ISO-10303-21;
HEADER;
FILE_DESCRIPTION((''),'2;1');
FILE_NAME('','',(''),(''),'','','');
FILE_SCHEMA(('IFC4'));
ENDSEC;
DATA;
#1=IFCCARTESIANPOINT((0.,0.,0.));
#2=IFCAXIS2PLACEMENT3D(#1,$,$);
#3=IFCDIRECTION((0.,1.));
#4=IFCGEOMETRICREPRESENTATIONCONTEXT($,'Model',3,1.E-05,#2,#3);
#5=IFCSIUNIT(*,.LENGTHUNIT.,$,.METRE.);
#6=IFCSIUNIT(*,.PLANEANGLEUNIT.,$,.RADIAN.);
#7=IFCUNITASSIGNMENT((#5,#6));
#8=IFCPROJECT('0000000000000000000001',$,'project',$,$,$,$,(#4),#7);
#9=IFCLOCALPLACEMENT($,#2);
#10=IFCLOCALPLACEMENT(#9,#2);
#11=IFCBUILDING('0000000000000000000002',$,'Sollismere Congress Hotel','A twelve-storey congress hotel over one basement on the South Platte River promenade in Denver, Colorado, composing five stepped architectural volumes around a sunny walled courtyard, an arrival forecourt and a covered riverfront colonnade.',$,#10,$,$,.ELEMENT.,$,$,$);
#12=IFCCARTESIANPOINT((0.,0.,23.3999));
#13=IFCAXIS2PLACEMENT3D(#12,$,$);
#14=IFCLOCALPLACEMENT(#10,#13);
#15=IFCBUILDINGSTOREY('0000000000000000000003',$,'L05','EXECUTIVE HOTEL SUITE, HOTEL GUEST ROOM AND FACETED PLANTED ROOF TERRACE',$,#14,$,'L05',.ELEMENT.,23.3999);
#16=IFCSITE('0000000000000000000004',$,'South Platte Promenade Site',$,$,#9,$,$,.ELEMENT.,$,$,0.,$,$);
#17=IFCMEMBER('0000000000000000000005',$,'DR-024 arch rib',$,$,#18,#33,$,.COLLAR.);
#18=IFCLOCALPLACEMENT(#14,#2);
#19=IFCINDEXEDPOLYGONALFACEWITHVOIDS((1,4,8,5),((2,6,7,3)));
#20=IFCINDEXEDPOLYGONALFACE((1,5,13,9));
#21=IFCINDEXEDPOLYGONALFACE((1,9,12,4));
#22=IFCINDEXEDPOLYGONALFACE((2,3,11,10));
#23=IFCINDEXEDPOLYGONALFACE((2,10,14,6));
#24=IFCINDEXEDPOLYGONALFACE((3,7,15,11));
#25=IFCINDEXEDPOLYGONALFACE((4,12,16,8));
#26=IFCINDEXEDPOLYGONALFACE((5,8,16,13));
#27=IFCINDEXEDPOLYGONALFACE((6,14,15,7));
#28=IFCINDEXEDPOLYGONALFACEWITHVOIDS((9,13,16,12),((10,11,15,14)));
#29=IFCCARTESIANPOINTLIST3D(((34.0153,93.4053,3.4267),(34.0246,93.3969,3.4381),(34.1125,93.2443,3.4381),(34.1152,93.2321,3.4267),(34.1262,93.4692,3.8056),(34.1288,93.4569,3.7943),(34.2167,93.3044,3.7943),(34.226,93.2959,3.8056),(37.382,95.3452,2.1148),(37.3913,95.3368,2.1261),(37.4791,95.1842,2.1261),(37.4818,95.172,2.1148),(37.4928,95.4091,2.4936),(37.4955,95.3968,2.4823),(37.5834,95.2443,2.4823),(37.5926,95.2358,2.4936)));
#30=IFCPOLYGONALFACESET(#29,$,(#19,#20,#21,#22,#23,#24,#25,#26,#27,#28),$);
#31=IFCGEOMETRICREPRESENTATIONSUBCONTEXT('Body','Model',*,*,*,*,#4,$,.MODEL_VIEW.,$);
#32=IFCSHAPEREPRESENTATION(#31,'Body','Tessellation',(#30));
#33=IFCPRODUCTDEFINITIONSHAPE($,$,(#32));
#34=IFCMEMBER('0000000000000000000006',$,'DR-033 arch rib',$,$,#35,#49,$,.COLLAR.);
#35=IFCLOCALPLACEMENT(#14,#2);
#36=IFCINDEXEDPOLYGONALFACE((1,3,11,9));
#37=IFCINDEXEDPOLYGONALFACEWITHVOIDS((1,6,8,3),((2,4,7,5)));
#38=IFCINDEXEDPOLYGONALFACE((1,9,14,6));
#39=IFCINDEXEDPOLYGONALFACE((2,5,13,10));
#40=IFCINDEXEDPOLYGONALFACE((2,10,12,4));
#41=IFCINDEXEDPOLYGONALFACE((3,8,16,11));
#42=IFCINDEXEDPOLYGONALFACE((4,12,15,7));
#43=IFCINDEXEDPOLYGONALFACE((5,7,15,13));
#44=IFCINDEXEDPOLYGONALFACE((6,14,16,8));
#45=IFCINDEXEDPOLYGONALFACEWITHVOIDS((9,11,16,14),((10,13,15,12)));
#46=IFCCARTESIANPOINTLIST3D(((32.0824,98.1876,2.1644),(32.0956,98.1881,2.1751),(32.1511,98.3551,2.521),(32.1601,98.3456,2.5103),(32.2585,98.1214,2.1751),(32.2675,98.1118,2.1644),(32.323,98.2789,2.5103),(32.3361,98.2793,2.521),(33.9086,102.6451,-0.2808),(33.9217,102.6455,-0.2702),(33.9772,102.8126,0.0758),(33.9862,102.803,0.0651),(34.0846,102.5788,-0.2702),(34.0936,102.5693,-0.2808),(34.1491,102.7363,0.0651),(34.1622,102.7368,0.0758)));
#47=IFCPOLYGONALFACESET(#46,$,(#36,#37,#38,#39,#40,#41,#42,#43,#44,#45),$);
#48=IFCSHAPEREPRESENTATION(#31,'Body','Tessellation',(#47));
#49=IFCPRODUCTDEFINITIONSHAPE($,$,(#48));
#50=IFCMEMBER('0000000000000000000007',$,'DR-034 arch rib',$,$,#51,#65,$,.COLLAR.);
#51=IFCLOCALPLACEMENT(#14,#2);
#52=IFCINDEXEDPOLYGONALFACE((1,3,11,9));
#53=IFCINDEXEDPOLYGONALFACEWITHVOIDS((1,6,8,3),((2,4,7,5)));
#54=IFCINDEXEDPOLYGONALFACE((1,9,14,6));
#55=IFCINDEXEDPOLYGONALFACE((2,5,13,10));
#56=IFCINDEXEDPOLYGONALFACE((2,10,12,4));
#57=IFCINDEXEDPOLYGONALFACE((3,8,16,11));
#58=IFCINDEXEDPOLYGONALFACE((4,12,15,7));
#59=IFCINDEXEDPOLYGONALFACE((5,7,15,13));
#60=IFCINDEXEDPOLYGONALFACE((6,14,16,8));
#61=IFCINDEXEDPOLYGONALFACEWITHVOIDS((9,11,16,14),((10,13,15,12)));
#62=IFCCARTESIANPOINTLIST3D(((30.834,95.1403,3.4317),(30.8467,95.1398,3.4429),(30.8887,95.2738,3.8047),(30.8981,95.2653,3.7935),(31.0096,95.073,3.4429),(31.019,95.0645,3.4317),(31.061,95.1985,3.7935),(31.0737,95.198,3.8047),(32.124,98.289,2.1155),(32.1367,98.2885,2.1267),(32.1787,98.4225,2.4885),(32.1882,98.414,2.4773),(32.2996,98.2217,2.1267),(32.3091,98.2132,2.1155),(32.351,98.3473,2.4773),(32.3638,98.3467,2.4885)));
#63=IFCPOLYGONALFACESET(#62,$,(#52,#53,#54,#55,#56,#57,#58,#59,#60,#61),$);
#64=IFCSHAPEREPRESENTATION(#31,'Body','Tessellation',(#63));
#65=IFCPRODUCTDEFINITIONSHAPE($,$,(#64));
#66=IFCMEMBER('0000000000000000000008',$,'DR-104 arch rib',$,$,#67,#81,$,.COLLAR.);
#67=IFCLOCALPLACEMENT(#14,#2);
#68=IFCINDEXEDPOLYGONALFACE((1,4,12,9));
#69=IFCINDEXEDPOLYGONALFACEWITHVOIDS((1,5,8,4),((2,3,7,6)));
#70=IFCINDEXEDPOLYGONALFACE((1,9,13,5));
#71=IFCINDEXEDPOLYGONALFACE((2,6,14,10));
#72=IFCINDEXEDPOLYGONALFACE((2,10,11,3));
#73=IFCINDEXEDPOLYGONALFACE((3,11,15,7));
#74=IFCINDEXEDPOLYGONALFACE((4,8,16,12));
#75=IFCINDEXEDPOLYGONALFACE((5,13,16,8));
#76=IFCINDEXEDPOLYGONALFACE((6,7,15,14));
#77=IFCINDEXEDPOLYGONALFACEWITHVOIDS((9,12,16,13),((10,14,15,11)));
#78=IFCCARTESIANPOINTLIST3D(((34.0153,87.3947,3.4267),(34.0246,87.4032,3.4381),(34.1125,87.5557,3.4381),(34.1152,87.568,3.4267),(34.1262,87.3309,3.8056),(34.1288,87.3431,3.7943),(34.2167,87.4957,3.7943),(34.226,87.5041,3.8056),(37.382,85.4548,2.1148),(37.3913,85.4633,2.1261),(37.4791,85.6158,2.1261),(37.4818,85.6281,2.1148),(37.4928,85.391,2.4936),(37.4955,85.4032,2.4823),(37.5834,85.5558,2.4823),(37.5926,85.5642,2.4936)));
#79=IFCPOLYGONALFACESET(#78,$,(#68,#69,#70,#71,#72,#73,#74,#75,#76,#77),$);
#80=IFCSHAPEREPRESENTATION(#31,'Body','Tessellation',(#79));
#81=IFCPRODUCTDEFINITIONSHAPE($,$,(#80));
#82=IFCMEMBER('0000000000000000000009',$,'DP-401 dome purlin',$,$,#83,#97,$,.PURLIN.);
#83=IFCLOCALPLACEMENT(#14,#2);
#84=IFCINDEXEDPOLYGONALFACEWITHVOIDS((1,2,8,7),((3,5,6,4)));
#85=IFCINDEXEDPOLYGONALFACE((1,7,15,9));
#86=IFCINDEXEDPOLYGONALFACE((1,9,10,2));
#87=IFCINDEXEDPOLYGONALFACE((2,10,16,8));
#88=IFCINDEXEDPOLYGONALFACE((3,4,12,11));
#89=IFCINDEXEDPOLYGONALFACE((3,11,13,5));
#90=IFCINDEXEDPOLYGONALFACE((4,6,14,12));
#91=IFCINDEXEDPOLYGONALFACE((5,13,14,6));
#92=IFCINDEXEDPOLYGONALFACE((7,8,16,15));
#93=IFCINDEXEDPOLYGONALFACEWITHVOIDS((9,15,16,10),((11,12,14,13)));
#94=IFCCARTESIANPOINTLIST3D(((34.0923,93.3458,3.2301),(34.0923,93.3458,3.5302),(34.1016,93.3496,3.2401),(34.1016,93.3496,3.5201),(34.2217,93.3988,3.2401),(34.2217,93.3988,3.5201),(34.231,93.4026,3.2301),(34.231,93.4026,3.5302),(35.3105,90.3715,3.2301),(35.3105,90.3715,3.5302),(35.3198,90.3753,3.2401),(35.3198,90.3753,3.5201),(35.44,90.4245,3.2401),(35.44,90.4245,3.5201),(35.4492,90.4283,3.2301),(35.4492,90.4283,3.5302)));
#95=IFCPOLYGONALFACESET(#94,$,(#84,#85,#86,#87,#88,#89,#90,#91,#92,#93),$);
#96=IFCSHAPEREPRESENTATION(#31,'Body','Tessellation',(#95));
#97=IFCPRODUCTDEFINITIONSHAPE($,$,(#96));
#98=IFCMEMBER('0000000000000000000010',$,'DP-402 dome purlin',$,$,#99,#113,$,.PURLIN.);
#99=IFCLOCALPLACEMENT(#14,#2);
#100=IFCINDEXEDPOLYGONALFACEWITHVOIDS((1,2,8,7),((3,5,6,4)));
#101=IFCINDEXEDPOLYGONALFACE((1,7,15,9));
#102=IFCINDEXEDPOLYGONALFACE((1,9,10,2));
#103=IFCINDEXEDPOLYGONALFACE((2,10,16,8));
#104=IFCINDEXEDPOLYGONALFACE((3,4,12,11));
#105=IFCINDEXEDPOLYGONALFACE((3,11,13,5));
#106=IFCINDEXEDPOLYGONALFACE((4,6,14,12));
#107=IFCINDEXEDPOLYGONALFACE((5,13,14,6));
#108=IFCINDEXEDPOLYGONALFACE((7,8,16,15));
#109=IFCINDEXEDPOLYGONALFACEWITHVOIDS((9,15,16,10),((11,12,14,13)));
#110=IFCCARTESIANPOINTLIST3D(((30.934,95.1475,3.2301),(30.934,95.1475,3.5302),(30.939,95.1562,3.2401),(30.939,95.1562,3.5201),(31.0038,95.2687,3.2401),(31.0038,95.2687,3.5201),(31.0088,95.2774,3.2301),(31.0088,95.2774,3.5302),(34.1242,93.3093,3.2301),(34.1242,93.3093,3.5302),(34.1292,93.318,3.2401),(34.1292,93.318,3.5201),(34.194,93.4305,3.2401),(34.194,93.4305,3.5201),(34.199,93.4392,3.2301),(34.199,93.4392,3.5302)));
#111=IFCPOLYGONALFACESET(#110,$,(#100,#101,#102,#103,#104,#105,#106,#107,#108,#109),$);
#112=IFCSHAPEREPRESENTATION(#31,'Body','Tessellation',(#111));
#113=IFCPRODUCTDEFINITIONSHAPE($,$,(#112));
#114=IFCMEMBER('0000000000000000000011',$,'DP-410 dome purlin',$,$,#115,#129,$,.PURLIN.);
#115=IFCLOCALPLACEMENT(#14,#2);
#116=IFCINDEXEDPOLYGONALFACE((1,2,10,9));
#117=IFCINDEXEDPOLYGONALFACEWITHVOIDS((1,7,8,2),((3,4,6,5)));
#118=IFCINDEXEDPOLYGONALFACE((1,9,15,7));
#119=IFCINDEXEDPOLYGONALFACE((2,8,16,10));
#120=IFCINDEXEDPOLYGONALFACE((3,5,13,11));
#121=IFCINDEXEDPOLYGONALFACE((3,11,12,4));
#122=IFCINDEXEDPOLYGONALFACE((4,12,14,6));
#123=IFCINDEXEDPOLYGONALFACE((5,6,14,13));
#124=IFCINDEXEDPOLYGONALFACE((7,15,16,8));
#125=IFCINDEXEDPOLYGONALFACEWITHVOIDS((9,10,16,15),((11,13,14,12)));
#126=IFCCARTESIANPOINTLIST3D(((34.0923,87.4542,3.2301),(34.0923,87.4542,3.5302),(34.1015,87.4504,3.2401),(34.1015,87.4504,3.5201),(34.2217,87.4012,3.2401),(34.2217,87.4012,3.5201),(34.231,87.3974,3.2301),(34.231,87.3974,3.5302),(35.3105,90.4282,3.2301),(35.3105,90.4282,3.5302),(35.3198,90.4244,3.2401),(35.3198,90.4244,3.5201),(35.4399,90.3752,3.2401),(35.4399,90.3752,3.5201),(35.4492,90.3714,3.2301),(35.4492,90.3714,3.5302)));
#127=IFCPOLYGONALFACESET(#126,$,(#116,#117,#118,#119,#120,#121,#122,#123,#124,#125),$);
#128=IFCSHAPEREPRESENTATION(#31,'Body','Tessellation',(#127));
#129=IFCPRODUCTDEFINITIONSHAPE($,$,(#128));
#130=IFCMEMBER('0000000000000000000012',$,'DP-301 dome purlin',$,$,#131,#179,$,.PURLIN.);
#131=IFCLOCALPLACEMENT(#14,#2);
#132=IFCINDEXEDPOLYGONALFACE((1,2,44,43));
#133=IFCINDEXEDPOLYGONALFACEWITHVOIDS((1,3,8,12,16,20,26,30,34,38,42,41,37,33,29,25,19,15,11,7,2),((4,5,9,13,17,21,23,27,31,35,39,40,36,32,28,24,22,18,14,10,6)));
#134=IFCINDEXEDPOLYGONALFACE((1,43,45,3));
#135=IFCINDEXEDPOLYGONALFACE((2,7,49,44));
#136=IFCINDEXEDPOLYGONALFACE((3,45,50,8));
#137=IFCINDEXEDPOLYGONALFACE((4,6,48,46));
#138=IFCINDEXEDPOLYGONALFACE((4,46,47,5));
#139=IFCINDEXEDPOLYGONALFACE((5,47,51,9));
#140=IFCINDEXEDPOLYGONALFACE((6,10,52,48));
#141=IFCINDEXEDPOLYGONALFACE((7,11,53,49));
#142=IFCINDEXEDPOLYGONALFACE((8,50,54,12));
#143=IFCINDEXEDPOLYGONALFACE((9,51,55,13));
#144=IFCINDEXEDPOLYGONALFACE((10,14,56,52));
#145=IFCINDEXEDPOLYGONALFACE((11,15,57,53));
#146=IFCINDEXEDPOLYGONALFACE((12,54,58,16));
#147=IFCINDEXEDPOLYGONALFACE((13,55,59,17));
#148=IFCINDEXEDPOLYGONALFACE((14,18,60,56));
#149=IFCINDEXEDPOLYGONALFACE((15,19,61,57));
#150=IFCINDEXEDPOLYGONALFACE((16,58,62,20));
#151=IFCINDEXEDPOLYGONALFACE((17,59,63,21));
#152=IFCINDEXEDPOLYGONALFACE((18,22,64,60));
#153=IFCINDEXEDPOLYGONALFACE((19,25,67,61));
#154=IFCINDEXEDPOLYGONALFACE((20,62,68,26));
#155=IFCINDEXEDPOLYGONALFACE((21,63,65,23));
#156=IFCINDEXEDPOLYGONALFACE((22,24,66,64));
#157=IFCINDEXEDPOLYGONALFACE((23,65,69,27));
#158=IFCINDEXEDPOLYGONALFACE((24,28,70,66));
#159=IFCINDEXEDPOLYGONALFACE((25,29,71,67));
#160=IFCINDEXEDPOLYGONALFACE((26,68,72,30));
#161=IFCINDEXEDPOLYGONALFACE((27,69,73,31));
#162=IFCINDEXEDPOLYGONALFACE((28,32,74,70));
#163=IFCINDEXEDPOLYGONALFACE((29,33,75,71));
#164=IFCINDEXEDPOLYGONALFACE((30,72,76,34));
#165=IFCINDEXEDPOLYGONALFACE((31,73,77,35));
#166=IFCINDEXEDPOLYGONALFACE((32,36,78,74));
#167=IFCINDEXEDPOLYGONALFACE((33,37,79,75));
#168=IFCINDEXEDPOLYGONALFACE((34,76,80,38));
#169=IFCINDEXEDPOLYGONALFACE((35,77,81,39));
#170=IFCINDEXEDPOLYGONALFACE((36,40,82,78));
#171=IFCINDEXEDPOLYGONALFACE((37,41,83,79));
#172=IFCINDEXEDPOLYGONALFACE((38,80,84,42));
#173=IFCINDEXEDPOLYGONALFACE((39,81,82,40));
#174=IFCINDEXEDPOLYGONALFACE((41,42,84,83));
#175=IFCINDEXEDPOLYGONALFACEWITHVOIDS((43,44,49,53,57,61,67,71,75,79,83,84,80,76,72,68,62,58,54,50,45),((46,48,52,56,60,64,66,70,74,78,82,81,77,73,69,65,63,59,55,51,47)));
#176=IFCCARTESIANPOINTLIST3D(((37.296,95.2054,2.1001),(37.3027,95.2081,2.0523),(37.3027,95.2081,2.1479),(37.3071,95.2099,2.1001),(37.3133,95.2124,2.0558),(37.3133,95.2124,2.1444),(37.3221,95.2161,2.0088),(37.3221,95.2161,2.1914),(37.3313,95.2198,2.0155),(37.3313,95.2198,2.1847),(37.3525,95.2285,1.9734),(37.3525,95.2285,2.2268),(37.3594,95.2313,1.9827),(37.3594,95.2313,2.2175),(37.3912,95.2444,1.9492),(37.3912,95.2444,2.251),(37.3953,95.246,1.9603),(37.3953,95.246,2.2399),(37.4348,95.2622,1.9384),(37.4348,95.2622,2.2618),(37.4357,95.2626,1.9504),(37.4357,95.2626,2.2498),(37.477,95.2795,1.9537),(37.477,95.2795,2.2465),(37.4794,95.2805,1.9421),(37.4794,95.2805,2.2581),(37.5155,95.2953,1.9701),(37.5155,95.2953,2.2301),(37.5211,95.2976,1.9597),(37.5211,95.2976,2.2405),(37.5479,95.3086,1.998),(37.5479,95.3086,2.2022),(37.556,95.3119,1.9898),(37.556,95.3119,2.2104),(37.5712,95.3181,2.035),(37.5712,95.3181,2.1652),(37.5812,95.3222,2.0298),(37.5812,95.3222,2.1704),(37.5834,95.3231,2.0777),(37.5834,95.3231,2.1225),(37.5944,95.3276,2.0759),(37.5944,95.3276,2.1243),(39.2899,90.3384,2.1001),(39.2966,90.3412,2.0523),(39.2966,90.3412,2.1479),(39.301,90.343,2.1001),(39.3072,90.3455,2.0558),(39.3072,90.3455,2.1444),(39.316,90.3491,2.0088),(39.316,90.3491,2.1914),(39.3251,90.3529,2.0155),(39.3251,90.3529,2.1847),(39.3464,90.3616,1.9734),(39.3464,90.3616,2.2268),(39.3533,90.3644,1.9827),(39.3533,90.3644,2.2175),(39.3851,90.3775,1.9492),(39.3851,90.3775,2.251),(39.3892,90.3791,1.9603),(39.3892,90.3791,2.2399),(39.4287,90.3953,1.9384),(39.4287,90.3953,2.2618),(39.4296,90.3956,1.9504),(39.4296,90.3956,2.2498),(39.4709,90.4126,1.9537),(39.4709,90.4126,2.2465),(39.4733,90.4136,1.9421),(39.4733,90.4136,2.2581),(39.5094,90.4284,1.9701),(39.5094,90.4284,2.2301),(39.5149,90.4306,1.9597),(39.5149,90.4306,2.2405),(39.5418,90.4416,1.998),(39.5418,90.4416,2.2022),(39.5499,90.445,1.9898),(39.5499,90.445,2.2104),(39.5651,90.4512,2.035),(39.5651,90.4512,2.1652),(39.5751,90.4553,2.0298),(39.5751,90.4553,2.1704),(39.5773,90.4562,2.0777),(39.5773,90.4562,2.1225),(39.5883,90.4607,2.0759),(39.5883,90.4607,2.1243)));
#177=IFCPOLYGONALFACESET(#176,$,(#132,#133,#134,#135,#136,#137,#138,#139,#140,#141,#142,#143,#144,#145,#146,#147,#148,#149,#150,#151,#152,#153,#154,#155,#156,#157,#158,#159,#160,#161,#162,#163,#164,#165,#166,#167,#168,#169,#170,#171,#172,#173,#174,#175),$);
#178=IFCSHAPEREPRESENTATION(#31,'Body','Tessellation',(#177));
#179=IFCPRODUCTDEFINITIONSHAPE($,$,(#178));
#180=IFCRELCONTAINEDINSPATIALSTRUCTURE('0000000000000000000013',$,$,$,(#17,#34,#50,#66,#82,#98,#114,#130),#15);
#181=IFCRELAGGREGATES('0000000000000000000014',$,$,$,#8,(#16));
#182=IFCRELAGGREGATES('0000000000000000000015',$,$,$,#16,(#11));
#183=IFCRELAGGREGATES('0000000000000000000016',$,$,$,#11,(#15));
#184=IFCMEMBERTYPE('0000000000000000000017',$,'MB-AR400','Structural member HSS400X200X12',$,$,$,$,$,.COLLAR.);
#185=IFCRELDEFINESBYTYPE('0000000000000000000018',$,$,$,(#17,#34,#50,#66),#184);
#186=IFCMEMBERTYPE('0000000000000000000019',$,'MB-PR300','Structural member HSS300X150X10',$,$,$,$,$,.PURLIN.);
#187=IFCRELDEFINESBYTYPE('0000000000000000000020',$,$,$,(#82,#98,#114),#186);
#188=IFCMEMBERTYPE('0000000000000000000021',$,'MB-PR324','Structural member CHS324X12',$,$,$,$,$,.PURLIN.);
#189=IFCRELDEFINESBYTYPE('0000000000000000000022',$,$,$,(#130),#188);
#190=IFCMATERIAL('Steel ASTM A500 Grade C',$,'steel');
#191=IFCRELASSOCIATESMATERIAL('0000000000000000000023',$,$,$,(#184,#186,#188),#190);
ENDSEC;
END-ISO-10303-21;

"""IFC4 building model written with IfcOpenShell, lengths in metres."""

from ifc_helpers import new_model, si_unit, direction, frame, origin, origin_2d, place, context, subcontext, project, spatial, hollow_rectangle, hollow_circle, extrude, material, material_profile, profile_set, type_object, element, save


model = new_model("IFC4")

# Units and contexts
model_context = context("Model", 3, precision=1e-05, world=origin(), true_north=direction((0.0, 1.0)))
body_context = subcontext(model_context, "Body", "Model", "MODEL_VIEW")
ifc_project = project(units=[si_unit("LENGTHUNIT", "METRE"), si_unit("PLANEANGLEUNIT", "RADIAN")], contexts=[model_context])

# Site, building, storey
site_placement = place(None, origin())
site = spatial("IfcSite", under=ifc_project, at=site_placement, Name="South Platte Promenade Site", CompositionType="ELEMENT", RefElevation=0.0)
building_placement = place(site_placement, origin())
building = spatial("IfcBuilding", under=site, at=building_placement, Name="Sollismere Congress Hotel", Description="A twelve-storey congress hotel over one basement on the South Platte River promenade in Denver, Colorado, composing five stepped architectural volumes around a sunny walled courtyard, an arrival forecourt and a covered riverfront colonnade.", CompositionType="ELEMENT")
storey_placement = place(building_placement, frame((0.0, 0.0, 23.3999)))
storey = spatial("IfcBuildingStorey", under=building, at=storey_placement, Name="L05", Description="EXECUTIVE HOTEL SUITE, HOTEL GUEST ROOM AND FACETED PLANTED ROOF TERRACE", LongName="L05", CompositionType="ELEMENT", Elevation=23.3999)

# Members
ifc_material_1 = material(Name="Steel ASTM A500 Grade C", Category="steel")
ifc_material_profile_1 = material_profile(ifc_material_1, hollow_rectangle(XDim=0.2, YDim=0.3999, WallThickness=0.012, at=origin_2d()), Name="HSS400X200X12")
ifc_profile_set_1 = profile_set([ifc_material_profile_1], Name="Steel ASTM A500 Grade C")
member_type_1 = type_object("IfcMemberType", Name="MB-AR400", Description="Structural member HSS400X200X12", PredefinedType="COLLAR", material=ifc_profile_set_1)
member_1_placement = place(storey_placement, frame((37.4873, 95.2905, 2.3042), z_axis=(-0.820916, -0.473024, 0.319913), x_axis=(0.499262, -0.866451, 0.0)))
element("IfcMember", 1, at=member_1_placement, inside=storey, type_object=member_type_1, Name="DR-024 arch rib", PredefinedType="COLLAR", context=body_context, shape_type="SweptSolid", body=[
    extrude(hollow_rectangle(XDim=0.2, YDim=0.3999, WallThickness=0.012, at=origin_2d()), origin(), (0.0, 0.0, 1.0), 4.1011),
])
member_2_placement = place(storey_placement, frame((34.0354, 102.6909, -0.1025), z_axis=(-0.338041, -0.825128, 0.45265), x_axis=(0.925355, -0.379102, 0.0)))
element("IfcMember", 2, at=member_2_placement, inside=storey, type_object=member_type_1, Name="DR-033 arch rib", PredefinedType="COLLAR", context=body_context, shape_type="SweptSolid", body=[
    extrude(hollow_rectangle(XDim=0.2, YDim=0.3999, WallThickness=0.012, at=origin_2d()), origin(), (0.0, 0.0, 1.0), 5.4021),
])
member_3_placement = place(storey_placement, frame((32.2439, 98.3179, 2.302), z_axis=(-0.353592, -0.863035, 0.360752), x_axis=(0.925347, -0.379122, 0.0)))
element("IfcMember", 3, at=member_3_placement, inside=storey, type_object=member_type_1, Name="DR-034 arch rib", PredefinedType="COLLAR", context=body_context, shape_type="SweptSolid", body=[
    extrude(hollow_rectangle(XDim=0.2, YDim=0.3999, WallThickness=0.012, at=origin_2d()), origin(), (0.0, 0.0, 1.0), 3.6484),
])
member_4_placement = place(storey_placement, frame((37.4873, 85.5095, 2.3042), z_axis=(-0.820916, 0.473024, 0.319913), x_axis=(-0.499262, -0.866451, 0.0)))
element("IfcMember", 4, at=member_4_placement, inside=storey, type_object=member_type_1, Name="DR-104 arch rib", PredefinedType="COLLAR", context=body_context, shape_type="SweptSolid", body=[
    extrude(hollow_rectangle(XDim=0.2, YDim=0.3999, WallThickness=0.012, at=origin_2d()), origin(), (0.0, 0.0, 1.0), 4.1011),
])
ifc_material_profile_2 = material_profile(ifc_material_1, hollow_rectangle(XDim=0.1499, YDim=0.3, WallThickness=0.01, at=origin_2d()), Name="HSS300X150X10")
ifc_profile_set_2 = profile_set([ifc_material_profile_2], Name="Steel ASTM A500 Grade C")
member_type_2 = type_object("IfcMemberType", Name="MB-PR300", Description="Structural member HSS300X150X10", PredefinedType="PURLIN", material=ifc_profile_set_2)
member_5_placement = place(storey_placement, frame((35.3799, 90.3999, 3.3801), z_axis=(-0.379026, 0.925386, 0.0), x_axis=(-0.925386, -0.379026, 0.0)))
element("IfcMember", 5, at=member_5_placement, inside=storey, type_object=member_type_2, Name="DP-401 dome purlin", PredefinedType="PURLIN", context=body_context, shape_type="SweptSolid", body=[
    extrude(hollow_rectangle(XDim=0.1499, YDim=0.3, WallThickness=0.01, at=origin_2d()), origin(), (0.0, 0.0, 1.0), 3.2141),
])
member_6_placement = place(storey_placement, frame((34.1616, 93.3743, 3.3801), z_axis=(-0.866463, 0.499242, 0.0), x_axis=(-0.499242, -0.866463, 0.0)))
element("IfcMember", 6, at=member_6_placement, inside=storey, type_object=member_type_2, Name="DP-402 dome purlin", PredefinedType="PURLIN", context=body_context, shape_type="SweptSolid", body=[
    extrude(hollow_rectangle(XDim=0.1499, YDim=0.3, WallThickness=0.01, at=origin_2d()), origin(), (0.0, 0.0, 1.0), 3.6819),
])
member_7_placement = place(storey_placement, frame((34.1616, 87.4258, 3.3801), z_axis=(0.379053, 0.925375, 0.0), x_axis=(-0.925375, 0.379053, 0.0)))
element("IfcMember", 7, at=member_7_placement, inside=storey, type_object=member_type_2, Name="DP-410 dome purlin", PredefinedType="PURLIN", context=body_context, shape_type="SweptSolid", body=[
    extrude(hollow_rectangle(XDim=0.1499, YDim=0.3, WallThickness=0.01, at=origin_2d()), origin(), (0.0, 0.0, 1.0), 3.2139),
])
ifc_material_profile_3 = material_profile(ifc_material_1, hollow_circle(Radius=0.1621, WallThickness=0.012, at=origin_2d()), Name="CHS324X12")
ifc_profile_set_3 = profile_set([ifc_material_profile_3], Name="Steel ASTM A500 Grade C")
member_type_3 = type_object("IfcMemberType", Name="MB-PR324", Description="Structural member CHS324X12", PredefinedType="PURLIN", material=ifc_profile_set_3)
member_8_placement = place(storey_placement, frame((39.4399, 90.3999, 2.1001), z_axis=(-0.379101, 0.925355, 0.0), x_axis=(-0.925355, -0.379101, 0.0)))
element("IfcMember", 8, at=member_8_placement, inside=storey, type_object=member_type_3, Name="DP-301 dome purlin", PredefinedType="PURLIN", context=body_context, shape_type="SweptSolid", body=[
    extrude(hollow_circle(Radius=0.1621, WallThickness=0.012, at=origin_2d()), origin(), (0.0, 0.0, 1.0), 5.2595),
])

save(model, "model.ifc")
